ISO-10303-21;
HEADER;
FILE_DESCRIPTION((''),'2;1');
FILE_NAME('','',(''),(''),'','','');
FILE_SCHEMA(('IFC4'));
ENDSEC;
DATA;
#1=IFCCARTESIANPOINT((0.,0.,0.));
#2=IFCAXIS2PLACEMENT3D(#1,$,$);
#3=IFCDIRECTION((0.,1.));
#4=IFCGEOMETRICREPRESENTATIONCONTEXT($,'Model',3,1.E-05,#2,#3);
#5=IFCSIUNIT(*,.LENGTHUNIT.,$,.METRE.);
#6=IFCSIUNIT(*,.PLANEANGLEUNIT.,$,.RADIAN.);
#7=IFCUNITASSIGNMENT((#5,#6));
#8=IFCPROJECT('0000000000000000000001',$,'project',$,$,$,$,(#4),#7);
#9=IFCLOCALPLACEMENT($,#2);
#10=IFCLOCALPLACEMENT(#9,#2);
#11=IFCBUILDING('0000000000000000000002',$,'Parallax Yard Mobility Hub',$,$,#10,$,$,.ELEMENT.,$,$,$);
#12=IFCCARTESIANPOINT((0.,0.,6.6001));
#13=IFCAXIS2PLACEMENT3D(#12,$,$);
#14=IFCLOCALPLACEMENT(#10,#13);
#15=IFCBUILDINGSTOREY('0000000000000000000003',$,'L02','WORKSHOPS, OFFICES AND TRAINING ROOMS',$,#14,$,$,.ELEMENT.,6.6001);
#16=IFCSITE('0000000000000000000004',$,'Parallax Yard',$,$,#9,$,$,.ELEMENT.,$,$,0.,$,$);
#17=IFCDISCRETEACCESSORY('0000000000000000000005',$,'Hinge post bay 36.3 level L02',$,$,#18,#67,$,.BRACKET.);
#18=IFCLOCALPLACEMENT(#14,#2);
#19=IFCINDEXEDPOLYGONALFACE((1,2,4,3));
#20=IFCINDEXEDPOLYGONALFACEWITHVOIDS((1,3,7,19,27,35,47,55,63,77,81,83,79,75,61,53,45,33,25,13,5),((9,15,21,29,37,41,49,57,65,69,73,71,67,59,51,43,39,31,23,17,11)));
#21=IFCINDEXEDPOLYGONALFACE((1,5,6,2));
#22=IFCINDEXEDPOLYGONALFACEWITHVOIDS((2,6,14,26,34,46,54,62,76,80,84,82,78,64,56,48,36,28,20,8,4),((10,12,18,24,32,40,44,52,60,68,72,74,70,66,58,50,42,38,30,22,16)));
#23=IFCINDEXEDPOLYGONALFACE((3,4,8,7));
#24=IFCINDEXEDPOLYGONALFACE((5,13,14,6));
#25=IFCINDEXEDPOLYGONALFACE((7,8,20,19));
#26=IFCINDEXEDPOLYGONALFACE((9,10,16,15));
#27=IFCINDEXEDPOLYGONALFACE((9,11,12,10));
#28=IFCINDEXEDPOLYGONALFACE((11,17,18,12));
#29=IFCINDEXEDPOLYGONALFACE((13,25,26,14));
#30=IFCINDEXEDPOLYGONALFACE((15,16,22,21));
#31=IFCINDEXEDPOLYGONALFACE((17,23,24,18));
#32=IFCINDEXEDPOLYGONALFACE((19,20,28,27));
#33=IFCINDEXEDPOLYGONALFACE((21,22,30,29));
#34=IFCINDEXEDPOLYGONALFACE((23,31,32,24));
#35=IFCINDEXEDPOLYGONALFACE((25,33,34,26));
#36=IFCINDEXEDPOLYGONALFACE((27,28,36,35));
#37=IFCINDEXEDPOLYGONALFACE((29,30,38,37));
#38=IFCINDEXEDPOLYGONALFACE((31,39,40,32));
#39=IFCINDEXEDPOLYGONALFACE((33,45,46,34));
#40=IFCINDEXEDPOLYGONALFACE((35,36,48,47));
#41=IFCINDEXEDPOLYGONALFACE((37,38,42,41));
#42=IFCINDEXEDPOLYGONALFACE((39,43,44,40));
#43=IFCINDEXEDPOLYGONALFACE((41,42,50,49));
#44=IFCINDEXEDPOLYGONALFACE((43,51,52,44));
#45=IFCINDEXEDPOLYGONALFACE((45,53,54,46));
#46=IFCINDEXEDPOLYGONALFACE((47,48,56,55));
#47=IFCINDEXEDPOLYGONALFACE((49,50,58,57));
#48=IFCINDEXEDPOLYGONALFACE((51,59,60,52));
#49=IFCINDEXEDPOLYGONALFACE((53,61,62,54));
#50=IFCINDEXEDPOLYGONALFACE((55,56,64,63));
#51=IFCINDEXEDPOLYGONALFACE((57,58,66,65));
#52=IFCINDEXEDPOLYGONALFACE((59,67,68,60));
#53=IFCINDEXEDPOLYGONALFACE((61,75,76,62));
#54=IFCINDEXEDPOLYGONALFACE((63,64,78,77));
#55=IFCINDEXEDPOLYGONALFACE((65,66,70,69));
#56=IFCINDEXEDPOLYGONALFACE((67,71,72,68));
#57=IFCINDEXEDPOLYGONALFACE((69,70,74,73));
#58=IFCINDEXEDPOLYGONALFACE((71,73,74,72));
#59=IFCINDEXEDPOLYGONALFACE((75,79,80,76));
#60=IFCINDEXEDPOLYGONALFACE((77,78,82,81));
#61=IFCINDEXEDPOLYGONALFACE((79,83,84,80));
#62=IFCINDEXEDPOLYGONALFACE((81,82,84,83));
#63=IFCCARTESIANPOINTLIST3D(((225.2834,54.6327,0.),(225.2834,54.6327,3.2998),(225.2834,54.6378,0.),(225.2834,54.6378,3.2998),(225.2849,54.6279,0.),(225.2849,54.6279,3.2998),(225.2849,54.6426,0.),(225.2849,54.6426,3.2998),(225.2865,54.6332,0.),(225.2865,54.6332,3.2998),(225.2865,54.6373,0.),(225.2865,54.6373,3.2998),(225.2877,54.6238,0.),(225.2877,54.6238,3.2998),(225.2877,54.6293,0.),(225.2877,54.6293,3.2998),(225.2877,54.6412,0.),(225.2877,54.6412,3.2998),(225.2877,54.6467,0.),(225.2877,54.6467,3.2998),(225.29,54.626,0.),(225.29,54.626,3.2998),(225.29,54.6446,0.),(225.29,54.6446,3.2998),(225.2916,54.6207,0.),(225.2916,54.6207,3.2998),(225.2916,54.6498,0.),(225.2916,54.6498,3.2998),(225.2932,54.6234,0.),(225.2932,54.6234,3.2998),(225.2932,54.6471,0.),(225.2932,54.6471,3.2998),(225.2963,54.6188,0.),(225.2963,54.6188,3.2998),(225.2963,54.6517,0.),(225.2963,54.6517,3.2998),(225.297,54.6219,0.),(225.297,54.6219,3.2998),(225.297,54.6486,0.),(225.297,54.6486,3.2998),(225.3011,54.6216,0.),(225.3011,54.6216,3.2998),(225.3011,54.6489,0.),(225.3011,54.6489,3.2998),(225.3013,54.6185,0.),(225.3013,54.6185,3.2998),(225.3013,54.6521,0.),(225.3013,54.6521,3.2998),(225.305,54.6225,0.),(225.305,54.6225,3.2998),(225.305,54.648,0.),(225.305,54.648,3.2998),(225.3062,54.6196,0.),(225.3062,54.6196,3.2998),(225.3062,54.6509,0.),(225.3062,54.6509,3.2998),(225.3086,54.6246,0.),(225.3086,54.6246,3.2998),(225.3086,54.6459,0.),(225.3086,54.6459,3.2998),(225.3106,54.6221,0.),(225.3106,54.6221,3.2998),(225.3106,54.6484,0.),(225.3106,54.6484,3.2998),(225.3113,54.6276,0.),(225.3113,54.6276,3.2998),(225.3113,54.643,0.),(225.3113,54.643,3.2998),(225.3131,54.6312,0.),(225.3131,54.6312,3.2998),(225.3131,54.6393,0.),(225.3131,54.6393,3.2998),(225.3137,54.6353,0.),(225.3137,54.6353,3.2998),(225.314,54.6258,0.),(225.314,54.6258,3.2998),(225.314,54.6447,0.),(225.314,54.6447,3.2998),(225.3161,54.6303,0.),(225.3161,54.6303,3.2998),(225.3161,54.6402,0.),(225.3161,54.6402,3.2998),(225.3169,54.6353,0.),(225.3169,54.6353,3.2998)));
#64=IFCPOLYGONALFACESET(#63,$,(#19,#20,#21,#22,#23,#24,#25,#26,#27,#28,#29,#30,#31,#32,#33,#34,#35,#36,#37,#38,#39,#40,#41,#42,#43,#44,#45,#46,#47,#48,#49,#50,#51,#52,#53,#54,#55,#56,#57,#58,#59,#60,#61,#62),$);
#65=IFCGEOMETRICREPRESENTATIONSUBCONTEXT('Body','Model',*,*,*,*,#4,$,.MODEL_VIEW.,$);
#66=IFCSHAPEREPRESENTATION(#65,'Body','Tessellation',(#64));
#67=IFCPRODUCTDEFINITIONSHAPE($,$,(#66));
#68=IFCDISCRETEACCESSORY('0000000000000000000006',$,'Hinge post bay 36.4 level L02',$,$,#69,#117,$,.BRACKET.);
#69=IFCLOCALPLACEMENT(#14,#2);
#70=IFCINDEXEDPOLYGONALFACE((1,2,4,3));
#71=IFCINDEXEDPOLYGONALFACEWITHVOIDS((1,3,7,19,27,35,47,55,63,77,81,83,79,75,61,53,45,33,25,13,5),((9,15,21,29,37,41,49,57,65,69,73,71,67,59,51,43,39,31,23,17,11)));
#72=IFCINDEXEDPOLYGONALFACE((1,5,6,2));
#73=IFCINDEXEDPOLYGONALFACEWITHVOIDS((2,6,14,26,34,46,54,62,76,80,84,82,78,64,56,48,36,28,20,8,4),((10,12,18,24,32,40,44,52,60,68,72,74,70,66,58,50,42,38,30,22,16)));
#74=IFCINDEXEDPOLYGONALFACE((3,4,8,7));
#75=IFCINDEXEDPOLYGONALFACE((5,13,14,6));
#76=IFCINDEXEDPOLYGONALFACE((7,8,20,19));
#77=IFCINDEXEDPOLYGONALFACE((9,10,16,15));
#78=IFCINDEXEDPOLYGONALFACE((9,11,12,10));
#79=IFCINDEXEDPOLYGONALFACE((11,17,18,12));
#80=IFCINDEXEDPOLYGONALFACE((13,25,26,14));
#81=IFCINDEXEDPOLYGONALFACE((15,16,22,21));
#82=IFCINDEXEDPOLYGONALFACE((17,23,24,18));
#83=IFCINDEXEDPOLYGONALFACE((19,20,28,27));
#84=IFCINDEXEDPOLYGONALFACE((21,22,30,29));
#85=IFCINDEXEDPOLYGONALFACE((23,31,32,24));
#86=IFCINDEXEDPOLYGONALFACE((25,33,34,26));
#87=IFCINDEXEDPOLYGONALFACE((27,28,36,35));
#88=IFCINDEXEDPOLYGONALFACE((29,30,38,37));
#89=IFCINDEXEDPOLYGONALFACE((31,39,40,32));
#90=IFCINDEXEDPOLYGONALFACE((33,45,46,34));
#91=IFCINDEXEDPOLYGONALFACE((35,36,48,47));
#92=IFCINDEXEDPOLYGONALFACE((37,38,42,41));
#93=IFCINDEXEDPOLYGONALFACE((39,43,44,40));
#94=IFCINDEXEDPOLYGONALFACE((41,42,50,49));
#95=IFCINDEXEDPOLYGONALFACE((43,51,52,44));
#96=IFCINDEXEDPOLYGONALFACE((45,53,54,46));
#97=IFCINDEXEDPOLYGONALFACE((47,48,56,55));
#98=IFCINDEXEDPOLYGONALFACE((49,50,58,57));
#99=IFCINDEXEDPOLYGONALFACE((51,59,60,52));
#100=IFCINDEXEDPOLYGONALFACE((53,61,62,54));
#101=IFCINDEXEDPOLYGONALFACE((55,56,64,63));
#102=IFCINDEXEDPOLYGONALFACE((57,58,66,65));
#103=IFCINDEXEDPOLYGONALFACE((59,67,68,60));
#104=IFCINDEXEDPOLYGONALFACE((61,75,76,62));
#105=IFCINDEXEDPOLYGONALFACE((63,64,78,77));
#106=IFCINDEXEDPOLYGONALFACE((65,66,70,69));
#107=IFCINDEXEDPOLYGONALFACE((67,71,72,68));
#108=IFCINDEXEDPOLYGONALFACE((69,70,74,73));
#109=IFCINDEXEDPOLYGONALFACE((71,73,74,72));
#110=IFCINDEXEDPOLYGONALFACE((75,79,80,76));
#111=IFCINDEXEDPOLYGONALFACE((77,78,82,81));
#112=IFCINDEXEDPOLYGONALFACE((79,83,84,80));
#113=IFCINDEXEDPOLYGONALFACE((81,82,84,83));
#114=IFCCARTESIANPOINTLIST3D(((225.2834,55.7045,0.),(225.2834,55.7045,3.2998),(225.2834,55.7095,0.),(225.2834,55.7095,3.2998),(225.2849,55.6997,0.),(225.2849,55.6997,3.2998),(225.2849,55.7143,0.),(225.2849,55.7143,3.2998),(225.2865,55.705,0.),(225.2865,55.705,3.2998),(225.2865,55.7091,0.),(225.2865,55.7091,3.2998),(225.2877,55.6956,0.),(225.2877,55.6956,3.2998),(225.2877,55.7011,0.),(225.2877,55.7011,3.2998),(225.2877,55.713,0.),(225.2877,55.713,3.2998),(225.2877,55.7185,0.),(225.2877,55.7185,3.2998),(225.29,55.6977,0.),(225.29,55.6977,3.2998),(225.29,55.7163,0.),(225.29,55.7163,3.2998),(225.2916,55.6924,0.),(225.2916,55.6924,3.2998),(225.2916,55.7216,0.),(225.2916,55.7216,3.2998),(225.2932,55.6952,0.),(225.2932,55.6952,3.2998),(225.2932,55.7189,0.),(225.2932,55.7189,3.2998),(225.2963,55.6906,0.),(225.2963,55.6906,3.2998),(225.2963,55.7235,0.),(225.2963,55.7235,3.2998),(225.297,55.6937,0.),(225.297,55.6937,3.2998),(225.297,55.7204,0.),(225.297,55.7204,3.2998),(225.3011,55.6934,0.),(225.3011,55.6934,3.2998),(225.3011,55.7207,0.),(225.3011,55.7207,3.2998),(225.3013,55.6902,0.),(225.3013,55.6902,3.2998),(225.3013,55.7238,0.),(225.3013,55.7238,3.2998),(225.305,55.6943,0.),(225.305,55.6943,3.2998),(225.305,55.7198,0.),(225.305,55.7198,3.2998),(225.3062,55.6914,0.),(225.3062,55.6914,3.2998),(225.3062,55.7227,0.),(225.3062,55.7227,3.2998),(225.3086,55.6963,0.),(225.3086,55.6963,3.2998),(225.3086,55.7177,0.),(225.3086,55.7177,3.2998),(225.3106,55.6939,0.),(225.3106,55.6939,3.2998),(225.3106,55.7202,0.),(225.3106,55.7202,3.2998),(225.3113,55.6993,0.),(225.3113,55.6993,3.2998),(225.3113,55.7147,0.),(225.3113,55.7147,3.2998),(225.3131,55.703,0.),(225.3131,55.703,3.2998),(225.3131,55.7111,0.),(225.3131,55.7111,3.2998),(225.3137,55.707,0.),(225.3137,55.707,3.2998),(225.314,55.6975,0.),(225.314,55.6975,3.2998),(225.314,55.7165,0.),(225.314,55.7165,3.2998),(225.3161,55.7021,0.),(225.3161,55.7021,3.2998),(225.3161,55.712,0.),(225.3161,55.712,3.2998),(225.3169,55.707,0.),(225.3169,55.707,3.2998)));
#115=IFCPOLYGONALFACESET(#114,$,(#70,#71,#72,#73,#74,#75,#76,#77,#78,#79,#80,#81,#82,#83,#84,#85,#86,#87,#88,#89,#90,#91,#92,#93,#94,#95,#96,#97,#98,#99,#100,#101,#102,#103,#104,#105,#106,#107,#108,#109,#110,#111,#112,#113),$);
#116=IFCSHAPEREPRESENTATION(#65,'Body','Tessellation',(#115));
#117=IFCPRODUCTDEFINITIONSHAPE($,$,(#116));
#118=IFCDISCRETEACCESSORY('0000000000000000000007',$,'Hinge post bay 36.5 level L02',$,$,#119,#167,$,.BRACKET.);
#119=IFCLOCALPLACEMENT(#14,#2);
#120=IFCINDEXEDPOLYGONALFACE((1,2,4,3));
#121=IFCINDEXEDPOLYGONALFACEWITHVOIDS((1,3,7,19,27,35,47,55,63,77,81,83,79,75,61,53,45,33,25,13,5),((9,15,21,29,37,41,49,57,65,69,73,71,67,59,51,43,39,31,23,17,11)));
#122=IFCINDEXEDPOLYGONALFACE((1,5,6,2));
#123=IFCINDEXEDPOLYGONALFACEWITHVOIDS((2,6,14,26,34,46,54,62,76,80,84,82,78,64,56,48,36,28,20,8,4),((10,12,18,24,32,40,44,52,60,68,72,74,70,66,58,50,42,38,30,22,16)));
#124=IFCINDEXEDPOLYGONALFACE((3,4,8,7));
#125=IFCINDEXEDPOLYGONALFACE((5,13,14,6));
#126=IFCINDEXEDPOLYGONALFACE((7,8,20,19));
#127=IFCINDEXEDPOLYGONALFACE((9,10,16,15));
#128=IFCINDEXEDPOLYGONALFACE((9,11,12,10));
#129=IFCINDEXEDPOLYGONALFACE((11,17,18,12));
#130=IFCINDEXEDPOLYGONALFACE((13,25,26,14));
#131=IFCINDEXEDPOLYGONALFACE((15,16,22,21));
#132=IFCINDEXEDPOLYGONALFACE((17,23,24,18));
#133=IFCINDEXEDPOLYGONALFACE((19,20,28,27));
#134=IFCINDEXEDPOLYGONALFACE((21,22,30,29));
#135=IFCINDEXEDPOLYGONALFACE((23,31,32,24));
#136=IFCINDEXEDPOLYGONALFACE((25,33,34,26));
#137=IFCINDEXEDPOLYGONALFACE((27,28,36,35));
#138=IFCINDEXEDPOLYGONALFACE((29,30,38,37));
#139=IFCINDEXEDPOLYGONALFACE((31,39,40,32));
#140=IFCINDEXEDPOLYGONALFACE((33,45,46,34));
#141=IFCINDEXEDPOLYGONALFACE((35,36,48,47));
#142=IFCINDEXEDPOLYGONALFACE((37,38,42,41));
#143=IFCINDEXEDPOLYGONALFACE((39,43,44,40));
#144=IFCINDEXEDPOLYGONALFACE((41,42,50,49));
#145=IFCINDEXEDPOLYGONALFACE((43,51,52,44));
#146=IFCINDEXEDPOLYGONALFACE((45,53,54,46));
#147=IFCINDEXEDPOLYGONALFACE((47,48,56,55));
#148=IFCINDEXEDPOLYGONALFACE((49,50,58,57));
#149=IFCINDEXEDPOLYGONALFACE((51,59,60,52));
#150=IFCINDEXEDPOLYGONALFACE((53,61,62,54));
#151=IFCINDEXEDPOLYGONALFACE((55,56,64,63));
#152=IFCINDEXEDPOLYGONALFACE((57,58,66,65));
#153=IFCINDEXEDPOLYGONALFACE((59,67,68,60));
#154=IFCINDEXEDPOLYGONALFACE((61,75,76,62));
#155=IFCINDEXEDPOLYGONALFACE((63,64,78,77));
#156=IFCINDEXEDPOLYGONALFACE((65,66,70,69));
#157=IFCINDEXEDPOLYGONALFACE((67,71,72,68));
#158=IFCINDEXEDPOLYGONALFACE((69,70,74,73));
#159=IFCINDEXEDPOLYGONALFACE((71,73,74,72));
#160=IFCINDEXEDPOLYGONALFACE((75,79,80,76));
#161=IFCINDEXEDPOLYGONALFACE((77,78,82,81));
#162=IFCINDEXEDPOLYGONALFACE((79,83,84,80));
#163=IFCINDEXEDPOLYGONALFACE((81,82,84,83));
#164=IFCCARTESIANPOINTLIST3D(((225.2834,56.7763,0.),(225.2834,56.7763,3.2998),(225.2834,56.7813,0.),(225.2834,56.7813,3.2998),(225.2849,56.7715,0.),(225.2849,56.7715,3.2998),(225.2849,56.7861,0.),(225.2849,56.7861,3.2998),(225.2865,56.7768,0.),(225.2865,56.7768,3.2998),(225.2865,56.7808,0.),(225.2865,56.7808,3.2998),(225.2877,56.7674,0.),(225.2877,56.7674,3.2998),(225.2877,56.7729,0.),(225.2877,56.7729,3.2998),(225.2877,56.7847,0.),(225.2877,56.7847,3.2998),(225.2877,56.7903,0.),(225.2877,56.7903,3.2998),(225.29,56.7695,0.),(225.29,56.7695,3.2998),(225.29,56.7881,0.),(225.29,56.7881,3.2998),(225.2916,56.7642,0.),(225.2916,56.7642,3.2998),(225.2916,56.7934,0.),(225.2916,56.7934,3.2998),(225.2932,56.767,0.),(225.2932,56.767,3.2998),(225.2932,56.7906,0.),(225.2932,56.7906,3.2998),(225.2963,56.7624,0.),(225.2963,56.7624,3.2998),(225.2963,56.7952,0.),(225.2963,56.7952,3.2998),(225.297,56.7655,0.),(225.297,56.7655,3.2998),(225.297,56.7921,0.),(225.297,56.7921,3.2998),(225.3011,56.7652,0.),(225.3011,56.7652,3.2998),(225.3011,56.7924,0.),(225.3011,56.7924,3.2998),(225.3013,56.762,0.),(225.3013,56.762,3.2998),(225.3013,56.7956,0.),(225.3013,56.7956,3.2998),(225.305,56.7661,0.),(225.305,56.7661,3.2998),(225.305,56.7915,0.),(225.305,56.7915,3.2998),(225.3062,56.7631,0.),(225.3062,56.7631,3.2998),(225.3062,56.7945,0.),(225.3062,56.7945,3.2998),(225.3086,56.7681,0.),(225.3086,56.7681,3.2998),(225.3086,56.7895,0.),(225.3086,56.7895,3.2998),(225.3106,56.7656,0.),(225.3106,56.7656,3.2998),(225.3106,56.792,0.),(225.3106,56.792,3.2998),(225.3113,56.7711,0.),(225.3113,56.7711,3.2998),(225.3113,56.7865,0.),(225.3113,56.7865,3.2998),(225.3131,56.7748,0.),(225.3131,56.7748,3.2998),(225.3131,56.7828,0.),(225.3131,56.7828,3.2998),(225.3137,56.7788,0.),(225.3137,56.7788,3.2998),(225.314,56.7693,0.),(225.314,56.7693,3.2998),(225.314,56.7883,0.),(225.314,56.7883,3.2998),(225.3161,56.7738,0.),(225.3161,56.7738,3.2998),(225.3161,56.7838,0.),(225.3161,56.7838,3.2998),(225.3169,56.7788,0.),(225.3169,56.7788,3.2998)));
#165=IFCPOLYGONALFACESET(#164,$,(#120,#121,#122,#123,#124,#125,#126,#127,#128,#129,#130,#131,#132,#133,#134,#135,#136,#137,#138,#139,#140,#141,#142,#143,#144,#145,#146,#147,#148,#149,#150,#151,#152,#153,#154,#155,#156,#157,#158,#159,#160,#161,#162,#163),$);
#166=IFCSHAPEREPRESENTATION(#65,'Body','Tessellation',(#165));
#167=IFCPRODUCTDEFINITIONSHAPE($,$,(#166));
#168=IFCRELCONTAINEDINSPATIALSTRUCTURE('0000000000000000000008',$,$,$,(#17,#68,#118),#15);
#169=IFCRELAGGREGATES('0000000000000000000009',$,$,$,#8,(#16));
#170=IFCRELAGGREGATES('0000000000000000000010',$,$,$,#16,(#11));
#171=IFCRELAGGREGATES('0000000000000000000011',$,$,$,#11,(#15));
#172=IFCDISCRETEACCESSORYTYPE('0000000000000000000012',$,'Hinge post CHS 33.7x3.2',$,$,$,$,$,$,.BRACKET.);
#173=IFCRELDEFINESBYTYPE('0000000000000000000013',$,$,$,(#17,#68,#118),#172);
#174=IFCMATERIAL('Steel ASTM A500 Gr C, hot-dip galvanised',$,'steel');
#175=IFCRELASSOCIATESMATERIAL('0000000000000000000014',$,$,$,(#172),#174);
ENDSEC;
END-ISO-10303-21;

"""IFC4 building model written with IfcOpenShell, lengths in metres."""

from ifc_helpers import new_model, si_unit, direction, frame, origin, origin_2d, place, context, subcontext, project, spatial, hollow_circle, extrude, material, material_profile, profile_set, type_object, element, save


model = new_model("IFC4")

# Units and contexts
model_context = context("Model", 3, precision=1e-05, world=origin(), true_north=direction((0.0, 1.0)))
body_context = subcontext(model_context, "Body", "Model", "MODEL_VIEW")
ifc_project = project(units=[si_unit("LENGTHUNIT", "METRE"), si_unit("PLANEANGLEUNIT", "RADIAN")], contexts=[model_context])

# Site, building, storey
site_placement = place(None, origin())
site = spatial("IfcSite", under=ifc_project, at=site_placement, Name="Parallax Yard", CompositionType="ELEMENT", RefElevation=0.0)
building_placement = place(site_placement, origin())
building = spatial("IfcBuilding", under=site, at=building_placement, Name="Parallax Yard Mobility Hub", CompositionType="ELEMENT")
storey_placement = place(building_placement, frame((0.0, 0.0, 6.6001)))
storey = spatial("IfcBuildingStorey", under=building, at=storey_placement, Name="L02", Description="WORKSHOPS, OFFICES AND TRAINING ROOMS", CompositionType="ELEMENT", Elevation=6.6001)

# Discrete accessories
ifc_material_1 = material(Name="Steel ASTM A500 Gr C, hot-dip galvanised", Category="steel")
ifc_material_profile_1 = material_profile(ifc_material_1, hollow_circle(Radius=0.0168, WallThickness=0.0032, at=origin_2d()), Name="CHS 33.7x3.2")
ifc_profile_set_1 = profile_set([ifc_material_profile_1], Name="Steel ASTM A500 Gr C, hot-dip galvanised")
discrete_accessory_type_1 = type_object("IfcDiscreteAccessoryType", Name="Hinge post CHS 33.7x3.2", PredefinedType="BRACKET", material=ifc_profile_set_1)
for number, where, z_axis, x_axis, name in (
    (1, (225.3, 54.6353, 0.0), (0.0, 0.0, 1.0), (1.0, 0.0, 0.0), "Hinge post bay 36.3 level L02"),
    (2, (225.3, 55.707, 0.0), (0.0, 0.0, 1.0), (1.0, 0.0, 0.0), "Hinge post bay 36.4 level L02"),
    (3, (225.3, 56.7788, 0.0), (0.0, 0.0, 1.0), (1.0, 0.0, 0.0), "Hinge post bay 36.5 level L02"),
):
    element("IfcDiscreteAccessory", number, at=place(storey_placement, frame(where, z_axis=z_axis, x_axis=x_axis)), inside=storey, type_object=discrete_accessory_type_1, Name=name, PredefinedType="BRACKET", context=body_context, shape_type="SweptSolid", body=[
        extrude(hollow_circle(Radius=0.0168, WallThickness=0.0032, at=origin_2d()), origin(), (0.0, 0.0, 1.0), 3.2998),
    ])

save(model, "model.ifc")
